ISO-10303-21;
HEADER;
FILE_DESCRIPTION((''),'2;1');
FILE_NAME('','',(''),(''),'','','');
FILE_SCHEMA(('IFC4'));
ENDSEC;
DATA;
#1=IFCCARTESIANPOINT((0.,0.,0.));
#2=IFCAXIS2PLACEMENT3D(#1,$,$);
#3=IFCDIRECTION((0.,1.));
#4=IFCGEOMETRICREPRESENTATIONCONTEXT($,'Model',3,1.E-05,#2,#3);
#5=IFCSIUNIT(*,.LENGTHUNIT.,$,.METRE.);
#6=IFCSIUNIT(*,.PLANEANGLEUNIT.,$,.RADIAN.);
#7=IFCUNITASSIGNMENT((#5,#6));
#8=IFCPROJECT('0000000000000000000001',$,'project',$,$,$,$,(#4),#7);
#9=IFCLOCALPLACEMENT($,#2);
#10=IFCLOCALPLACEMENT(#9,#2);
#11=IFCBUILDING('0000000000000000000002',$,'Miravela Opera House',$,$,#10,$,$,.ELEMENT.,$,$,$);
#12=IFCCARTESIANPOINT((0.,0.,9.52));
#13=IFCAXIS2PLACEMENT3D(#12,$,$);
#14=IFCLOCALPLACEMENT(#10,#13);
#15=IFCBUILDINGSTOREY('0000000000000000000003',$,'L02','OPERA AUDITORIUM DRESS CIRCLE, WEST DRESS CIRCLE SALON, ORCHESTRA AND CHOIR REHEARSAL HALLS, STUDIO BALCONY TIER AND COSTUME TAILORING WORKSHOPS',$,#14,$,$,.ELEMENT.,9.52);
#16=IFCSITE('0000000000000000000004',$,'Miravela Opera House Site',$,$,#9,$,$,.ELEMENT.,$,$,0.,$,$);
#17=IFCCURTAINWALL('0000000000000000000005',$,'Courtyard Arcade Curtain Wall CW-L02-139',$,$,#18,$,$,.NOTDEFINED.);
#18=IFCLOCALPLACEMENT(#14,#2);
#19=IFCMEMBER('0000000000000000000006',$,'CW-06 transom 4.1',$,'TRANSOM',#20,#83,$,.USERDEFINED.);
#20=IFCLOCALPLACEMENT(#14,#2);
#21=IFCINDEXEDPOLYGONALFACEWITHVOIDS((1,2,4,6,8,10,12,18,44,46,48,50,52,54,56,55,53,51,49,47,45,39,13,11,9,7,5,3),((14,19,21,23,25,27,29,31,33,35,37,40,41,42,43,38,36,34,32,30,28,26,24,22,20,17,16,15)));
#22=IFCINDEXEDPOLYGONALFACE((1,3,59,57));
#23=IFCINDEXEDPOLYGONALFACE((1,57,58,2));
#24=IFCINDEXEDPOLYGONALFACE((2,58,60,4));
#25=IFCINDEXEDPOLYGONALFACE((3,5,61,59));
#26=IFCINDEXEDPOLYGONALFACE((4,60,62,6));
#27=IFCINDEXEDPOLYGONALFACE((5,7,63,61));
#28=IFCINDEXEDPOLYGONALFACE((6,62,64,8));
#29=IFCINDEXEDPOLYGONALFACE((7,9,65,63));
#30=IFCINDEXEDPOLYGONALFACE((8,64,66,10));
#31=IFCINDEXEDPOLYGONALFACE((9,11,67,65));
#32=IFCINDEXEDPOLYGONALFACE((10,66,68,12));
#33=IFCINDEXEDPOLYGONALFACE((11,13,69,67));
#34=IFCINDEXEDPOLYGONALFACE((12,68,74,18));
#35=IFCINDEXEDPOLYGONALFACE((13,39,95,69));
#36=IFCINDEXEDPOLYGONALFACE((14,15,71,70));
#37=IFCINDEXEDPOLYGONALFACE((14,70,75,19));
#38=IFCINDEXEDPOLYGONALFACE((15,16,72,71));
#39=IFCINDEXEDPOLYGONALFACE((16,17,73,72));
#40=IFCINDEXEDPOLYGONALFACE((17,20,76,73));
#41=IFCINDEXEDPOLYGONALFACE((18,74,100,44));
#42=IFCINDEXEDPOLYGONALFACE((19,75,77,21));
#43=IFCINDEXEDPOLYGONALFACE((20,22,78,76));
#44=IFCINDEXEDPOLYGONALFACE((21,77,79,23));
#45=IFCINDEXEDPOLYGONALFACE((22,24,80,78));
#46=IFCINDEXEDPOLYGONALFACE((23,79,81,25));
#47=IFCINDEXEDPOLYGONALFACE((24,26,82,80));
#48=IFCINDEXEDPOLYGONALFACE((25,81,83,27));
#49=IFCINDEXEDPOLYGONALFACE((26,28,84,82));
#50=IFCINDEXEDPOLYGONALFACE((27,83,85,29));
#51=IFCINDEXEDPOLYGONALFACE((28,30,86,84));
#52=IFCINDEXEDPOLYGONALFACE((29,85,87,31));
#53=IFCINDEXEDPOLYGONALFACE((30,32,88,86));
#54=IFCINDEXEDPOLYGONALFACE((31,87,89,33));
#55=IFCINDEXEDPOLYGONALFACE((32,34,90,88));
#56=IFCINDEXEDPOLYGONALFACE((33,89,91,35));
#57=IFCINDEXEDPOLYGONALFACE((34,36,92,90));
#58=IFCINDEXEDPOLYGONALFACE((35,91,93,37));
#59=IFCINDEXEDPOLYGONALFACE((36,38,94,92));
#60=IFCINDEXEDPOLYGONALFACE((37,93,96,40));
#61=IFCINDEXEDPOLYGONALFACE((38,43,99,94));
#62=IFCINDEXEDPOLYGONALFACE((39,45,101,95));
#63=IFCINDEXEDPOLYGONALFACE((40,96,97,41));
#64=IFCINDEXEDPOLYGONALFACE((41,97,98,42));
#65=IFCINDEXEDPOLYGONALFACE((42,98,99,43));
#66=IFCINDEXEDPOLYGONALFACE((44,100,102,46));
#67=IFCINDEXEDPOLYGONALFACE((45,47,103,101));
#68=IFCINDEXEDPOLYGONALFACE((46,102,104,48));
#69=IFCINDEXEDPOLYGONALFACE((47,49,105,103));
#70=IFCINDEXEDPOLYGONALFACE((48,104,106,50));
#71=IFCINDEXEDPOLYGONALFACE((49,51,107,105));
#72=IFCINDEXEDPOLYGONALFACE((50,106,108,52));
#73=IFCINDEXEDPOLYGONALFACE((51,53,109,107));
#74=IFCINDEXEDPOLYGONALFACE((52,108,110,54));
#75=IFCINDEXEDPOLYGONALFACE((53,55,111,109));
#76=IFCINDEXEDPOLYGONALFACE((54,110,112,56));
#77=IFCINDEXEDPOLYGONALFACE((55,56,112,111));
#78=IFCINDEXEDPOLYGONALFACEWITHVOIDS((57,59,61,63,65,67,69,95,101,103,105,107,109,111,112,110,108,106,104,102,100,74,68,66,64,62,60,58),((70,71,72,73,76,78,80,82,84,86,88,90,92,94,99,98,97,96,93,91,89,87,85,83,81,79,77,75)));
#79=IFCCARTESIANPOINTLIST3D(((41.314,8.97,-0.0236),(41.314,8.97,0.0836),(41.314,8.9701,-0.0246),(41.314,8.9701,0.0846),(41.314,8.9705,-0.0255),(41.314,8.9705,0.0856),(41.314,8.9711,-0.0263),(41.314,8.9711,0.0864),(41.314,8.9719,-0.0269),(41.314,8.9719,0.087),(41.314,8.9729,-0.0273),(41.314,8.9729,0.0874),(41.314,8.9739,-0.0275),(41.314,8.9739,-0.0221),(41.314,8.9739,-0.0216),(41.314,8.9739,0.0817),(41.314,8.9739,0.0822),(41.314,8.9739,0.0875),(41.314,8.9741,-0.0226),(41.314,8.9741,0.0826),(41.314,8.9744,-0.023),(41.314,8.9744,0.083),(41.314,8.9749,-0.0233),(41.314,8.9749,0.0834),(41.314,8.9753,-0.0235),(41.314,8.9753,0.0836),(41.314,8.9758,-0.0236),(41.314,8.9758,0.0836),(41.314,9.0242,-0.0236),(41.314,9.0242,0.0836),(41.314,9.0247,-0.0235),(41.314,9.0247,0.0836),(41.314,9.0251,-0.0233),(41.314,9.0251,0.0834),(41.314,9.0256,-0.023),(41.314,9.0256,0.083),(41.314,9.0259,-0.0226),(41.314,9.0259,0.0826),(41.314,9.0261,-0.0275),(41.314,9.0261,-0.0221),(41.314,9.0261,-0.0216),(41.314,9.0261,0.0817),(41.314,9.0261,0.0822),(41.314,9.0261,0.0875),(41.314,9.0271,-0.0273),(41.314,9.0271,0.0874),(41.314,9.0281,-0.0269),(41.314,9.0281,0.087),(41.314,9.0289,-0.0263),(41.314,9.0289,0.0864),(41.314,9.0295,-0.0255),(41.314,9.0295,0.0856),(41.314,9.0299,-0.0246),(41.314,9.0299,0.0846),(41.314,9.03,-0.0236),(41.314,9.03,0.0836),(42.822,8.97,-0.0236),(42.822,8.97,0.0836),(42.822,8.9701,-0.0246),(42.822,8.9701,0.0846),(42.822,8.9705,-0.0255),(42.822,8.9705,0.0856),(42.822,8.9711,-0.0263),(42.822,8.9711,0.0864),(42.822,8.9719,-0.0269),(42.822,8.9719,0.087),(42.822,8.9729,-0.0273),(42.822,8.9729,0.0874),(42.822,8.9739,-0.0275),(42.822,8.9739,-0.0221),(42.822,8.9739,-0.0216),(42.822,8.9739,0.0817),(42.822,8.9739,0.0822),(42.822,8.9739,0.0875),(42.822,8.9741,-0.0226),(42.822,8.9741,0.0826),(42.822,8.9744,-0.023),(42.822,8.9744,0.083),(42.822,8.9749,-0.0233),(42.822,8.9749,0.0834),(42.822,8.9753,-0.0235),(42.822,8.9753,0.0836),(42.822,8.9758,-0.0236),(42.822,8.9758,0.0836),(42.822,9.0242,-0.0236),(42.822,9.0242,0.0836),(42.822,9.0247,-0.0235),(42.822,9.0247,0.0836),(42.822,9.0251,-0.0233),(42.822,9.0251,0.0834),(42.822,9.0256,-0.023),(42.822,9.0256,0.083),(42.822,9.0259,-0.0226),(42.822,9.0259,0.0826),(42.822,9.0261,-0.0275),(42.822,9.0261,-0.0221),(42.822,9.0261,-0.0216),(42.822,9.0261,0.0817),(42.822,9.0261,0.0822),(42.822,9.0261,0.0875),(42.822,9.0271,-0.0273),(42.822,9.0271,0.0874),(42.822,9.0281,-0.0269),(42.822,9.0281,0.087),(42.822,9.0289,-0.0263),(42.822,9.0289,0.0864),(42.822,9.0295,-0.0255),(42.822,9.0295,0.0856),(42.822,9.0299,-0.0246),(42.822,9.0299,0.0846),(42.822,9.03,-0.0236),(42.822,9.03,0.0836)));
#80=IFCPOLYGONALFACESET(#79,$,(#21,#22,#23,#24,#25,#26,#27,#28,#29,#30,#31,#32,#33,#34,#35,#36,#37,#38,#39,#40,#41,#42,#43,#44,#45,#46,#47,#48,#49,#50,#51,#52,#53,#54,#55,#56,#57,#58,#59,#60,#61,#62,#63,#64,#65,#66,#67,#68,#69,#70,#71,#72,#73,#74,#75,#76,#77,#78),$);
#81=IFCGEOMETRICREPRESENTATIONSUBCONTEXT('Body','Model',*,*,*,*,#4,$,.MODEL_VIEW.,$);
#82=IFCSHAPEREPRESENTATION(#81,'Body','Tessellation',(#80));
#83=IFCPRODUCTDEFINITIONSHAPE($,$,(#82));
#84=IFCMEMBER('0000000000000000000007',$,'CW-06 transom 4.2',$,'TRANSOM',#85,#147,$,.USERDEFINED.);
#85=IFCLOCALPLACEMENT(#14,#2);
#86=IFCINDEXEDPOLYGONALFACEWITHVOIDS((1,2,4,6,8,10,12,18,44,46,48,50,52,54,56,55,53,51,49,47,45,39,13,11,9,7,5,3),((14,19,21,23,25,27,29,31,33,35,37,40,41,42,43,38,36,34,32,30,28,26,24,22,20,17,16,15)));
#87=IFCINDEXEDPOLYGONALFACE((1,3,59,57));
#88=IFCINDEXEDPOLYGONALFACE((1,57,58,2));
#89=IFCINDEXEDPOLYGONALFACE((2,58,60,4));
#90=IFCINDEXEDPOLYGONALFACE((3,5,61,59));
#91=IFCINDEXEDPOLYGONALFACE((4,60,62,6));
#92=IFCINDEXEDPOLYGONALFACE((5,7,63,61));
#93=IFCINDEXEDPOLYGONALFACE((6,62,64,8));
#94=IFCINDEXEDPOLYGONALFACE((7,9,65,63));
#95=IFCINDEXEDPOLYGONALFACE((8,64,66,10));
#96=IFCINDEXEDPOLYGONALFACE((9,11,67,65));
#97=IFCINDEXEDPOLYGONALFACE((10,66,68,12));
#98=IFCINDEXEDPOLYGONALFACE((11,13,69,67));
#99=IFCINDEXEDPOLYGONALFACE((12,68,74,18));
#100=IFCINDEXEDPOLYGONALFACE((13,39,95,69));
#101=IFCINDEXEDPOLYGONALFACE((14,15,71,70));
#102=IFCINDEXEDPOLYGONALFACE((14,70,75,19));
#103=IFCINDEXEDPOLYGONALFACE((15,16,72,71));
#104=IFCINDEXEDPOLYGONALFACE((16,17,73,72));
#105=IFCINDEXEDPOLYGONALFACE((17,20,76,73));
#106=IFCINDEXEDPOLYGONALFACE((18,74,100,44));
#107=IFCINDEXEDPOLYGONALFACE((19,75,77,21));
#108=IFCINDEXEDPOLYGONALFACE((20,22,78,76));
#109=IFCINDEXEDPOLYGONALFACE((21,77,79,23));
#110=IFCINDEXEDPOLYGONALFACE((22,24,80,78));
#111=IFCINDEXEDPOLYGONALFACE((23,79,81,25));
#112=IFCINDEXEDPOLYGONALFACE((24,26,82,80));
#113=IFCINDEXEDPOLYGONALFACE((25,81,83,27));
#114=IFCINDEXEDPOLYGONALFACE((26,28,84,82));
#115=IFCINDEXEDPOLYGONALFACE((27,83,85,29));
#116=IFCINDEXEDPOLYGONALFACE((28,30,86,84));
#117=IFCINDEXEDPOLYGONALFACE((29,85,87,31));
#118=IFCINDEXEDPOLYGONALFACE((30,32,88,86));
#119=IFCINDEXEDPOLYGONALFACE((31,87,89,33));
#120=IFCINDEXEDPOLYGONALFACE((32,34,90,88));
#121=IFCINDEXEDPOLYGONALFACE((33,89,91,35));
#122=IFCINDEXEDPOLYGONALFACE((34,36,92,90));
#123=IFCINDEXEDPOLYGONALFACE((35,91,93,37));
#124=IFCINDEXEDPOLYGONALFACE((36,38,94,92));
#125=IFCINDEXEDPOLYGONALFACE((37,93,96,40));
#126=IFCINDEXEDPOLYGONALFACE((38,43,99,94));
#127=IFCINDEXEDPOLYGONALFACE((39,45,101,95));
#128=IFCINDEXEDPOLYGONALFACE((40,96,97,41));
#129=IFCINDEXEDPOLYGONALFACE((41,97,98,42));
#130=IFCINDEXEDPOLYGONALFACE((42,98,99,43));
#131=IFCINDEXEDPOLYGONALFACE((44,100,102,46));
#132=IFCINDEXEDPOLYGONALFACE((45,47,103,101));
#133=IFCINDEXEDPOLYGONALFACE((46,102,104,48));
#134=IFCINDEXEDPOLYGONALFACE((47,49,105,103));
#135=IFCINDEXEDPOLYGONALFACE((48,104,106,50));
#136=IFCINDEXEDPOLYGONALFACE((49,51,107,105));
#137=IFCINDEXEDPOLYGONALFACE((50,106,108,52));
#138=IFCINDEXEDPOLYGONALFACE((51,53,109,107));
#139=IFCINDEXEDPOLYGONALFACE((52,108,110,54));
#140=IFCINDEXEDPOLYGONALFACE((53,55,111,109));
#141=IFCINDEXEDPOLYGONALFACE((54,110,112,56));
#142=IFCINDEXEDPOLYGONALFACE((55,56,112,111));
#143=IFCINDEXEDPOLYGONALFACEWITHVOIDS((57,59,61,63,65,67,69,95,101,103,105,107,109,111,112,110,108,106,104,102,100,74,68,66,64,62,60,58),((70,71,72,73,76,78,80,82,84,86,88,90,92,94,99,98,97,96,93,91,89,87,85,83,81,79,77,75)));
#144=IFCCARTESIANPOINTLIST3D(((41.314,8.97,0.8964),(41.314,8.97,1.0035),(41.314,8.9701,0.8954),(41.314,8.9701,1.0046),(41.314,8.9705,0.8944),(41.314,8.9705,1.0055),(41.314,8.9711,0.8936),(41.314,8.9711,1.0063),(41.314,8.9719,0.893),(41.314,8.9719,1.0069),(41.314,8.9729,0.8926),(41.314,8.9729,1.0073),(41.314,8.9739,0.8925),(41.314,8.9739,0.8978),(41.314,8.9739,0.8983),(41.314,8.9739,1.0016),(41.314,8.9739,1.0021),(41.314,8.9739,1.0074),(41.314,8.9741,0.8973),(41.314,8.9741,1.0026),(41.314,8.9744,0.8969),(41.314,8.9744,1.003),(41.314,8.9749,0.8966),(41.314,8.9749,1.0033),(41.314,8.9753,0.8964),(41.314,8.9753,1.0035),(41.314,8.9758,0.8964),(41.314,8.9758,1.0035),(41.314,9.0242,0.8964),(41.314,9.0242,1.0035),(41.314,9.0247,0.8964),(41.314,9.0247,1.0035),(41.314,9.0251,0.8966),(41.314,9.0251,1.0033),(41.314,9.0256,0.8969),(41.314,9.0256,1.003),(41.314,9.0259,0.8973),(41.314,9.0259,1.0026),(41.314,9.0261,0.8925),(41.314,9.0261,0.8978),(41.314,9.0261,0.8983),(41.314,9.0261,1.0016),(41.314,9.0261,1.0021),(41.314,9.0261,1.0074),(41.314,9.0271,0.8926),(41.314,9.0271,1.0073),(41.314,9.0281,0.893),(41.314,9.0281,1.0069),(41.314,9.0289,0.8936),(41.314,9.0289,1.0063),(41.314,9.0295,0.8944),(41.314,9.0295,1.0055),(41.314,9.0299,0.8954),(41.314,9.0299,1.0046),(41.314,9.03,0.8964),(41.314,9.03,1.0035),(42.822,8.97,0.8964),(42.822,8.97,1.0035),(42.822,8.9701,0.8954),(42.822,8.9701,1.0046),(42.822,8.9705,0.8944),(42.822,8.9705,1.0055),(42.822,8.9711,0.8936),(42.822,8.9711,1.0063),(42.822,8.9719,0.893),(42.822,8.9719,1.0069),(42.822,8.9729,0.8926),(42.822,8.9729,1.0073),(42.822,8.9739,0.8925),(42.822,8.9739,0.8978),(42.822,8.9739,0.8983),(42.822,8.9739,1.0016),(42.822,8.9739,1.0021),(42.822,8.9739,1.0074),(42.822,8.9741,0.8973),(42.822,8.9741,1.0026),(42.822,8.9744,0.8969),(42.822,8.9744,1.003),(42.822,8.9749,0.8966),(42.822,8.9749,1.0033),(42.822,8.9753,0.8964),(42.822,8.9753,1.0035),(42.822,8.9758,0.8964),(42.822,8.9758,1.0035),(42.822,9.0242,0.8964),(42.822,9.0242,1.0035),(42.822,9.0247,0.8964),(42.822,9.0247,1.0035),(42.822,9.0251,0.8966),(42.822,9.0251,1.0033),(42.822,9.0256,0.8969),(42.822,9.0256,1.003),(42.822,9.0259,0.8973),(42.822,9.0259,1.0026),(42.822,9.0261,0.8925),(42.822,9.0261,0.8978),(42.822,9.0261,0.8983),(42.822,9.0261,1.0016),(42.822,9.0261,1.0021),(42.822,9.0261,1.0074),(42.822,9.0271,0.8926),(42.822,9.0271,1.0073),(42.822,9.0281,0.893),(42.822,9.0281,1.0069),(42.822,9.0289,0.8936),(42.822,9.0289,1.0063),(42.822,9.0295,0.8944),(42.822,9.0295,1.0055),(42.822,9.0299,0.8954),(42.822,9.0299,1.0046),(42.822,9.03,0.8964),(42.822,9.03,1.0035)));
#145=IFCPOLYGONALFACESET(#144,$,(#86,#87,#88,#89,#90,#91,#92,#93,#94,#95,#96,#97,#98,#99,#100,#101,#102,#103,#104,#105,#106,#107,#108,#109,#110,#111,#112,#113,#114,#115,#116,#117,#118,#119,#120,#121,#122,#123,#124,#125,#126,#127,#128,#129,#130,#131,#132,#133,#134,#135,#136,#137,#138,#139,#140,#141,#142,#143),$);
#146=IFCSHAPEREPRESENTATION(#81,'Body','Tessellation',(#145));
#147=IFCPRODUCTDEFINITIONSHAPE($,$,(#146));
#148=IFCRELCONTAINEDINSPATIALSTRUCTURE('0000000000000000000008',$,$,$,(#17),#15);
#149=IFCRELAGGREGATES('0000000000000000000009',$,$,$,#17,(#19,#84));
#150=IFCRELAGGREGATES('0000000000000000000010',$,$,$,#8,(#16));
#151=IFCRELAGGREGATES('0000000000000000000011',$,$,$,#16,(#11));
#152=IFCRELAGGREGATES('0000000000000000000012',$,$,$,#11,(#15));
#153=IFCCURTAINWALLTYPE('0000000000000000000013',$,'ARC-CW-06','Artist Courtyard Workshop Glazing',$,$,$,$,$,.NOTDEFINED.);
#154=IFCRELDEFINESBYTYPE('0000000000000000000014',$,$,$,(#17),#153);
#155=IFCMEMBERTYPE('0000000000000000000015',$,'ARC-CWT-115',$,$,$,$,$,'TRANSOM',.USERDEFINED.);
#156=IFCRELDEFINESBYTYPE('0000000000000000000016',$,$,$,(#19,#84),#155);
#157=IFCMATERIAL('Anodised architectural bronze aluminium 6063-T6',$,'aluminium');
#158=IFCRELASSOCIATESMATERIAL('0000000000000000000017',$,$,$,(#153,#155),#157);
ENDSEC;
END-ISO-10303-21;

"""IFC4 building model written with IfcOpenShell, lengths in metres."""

from ifc_helpers import new_model, si_unit, direction, frame, origin, origin_2d, place, context, subcontext, project, spatial, hollow_rectangle, extrude, material, material_profile, profile_set, type_object, element, aggregate, save


model = new_model("IFC4")

# Units and contexts
model_context = context("Model", 3, precision=1e-05, world=origin(), true_north=direction((0.0, 1.0)))
body_context = subcontext(model_context, "Body", "Model", "MODEL_VIEW")
ifc_project = project(units=[si_unit("LENGTHUNIT", "METRE"), si_unit("PLANEANGLEUNIT", "RADIAN")], contexts=[model_context])

# Site, building, storey
site_placement = place(None, origin())
site = spatial("IfcSite", under=ifc_project, at=site_placement, Name="Miravela Opera House Site", CompositionType="ELEMENT", RefElevation=0.0)
building_placement = place(site_placement, origin())
building = spatial("IfcBuilding", under=site, at=building_placement, Name="Miravela Opera House", CompositionType="ELEMENT")
storey_placement = place(building_placement, frame((0.0, 0.0, 9.52)))
storey = spatial("IfcBuildingStorey", under=building, at=storey_placement, Name="L02", Description="OPERA AUDITORIUM DRESS CIRCLE, WEST DRESS CIRCLE SALON, ORCHESTRA AND CHOIR REHEARSAL HALLS, STUDIO BALCONY TIER AND COSTUME TAILORING WORKSHOPS", CompositionType="ELEMENT", Elevation=9.52)

# Curtain wall
ifc_material_1 = material(Name="Anodised architectural bronze aluminium 6063-T6", Category="aluminium")
curtain_wall_type = type_object("IfcCurtainWallType", Name="ARC-CW-06", Description="Artist Courtyard Workshop Glazing", PredefinedType="NOTDEFINED", material=ifc_material_1)
curtain_wall_1_placement = place(storey_placement, origin())
curtain_wall_1 = element("IfcCurtainWall", 1, at=curtain_wall_1_placement, inside=storey, type_object=curtain_wall_type, Name="Courtyard Arcade Curtain Wall CW-L02-139", PredefinedType="NOTDEFINED")

# Members
ifc_material_profile_1 = material_profile(ifc_material_1, hollow_rectangle(XDim=0.0601, YDim=0.115, WallThickness=0.0039, InnerFilletRadius=0.002, OuterFilletRadius=0.0039, at=origin_2d()), Name="CWT-60X115")
ifc_profile_set_1 = profile_set([ifc_material_profile_1])
member_type_1 = type_object("IfcMemberType", Name="ARC-CWT-115", ElementType="TRANSOM", PredefinedType="USERDEFINED", material=ifc_profile_set_1)
member_1_placement = place(storey_placement, frame((41.314, 9.0, 0.03), z_axis=(1.0, 0.0, 0.0), x_axis=(0.0, 1.0, 0.0)))
member_1 = element("IfcMember", 2, at=member_1_placement, type_object=member_type_1, Name="CW-06 transom 4.1", ObjectType="TRANSOM", PredefinedType="USERDEFINED", context=body_context, shape_type="SweptSolid", body=[
    extrude(hollow_rectangle(XDim=0.0601, YDim=0.115, WallThickness=0.0039, InnerFilletRadius=0.002, OuterFilletRadius=0.0039, at=origin_2d()), origin(), (0.0, 0.0, 1.0), 1.5081),
])
member_2_placement = place(storey_placement, frame((41.314, 9.0, 0.95), z_axis=(1.0, 0.0, 0.0), x_axis=(0.0, 1.0, 0.0)))
member_2 = element("IfcMember", 3, at=member_2_placement, type_object=member_type_1, Name="CW-06 transom 4.2", ObjectType="TRANSOM", PredefinedType="USERDEFINED", context=body_context, shape_type="SweptSolid", body=[
    extrude(hollow_rectangle(XDim=0.0601, YDim=0.115, WallThickness=0.0039, InnerFilletRadius=0.002, OuterFilletRadius=0.0039, at=origin_2d()), origin(), (0.0, 0.0, 1.0), 1.5081),
])

aggregate(curtain_wall_1, [member_1, member_2])

save(model, "model.ifc")
